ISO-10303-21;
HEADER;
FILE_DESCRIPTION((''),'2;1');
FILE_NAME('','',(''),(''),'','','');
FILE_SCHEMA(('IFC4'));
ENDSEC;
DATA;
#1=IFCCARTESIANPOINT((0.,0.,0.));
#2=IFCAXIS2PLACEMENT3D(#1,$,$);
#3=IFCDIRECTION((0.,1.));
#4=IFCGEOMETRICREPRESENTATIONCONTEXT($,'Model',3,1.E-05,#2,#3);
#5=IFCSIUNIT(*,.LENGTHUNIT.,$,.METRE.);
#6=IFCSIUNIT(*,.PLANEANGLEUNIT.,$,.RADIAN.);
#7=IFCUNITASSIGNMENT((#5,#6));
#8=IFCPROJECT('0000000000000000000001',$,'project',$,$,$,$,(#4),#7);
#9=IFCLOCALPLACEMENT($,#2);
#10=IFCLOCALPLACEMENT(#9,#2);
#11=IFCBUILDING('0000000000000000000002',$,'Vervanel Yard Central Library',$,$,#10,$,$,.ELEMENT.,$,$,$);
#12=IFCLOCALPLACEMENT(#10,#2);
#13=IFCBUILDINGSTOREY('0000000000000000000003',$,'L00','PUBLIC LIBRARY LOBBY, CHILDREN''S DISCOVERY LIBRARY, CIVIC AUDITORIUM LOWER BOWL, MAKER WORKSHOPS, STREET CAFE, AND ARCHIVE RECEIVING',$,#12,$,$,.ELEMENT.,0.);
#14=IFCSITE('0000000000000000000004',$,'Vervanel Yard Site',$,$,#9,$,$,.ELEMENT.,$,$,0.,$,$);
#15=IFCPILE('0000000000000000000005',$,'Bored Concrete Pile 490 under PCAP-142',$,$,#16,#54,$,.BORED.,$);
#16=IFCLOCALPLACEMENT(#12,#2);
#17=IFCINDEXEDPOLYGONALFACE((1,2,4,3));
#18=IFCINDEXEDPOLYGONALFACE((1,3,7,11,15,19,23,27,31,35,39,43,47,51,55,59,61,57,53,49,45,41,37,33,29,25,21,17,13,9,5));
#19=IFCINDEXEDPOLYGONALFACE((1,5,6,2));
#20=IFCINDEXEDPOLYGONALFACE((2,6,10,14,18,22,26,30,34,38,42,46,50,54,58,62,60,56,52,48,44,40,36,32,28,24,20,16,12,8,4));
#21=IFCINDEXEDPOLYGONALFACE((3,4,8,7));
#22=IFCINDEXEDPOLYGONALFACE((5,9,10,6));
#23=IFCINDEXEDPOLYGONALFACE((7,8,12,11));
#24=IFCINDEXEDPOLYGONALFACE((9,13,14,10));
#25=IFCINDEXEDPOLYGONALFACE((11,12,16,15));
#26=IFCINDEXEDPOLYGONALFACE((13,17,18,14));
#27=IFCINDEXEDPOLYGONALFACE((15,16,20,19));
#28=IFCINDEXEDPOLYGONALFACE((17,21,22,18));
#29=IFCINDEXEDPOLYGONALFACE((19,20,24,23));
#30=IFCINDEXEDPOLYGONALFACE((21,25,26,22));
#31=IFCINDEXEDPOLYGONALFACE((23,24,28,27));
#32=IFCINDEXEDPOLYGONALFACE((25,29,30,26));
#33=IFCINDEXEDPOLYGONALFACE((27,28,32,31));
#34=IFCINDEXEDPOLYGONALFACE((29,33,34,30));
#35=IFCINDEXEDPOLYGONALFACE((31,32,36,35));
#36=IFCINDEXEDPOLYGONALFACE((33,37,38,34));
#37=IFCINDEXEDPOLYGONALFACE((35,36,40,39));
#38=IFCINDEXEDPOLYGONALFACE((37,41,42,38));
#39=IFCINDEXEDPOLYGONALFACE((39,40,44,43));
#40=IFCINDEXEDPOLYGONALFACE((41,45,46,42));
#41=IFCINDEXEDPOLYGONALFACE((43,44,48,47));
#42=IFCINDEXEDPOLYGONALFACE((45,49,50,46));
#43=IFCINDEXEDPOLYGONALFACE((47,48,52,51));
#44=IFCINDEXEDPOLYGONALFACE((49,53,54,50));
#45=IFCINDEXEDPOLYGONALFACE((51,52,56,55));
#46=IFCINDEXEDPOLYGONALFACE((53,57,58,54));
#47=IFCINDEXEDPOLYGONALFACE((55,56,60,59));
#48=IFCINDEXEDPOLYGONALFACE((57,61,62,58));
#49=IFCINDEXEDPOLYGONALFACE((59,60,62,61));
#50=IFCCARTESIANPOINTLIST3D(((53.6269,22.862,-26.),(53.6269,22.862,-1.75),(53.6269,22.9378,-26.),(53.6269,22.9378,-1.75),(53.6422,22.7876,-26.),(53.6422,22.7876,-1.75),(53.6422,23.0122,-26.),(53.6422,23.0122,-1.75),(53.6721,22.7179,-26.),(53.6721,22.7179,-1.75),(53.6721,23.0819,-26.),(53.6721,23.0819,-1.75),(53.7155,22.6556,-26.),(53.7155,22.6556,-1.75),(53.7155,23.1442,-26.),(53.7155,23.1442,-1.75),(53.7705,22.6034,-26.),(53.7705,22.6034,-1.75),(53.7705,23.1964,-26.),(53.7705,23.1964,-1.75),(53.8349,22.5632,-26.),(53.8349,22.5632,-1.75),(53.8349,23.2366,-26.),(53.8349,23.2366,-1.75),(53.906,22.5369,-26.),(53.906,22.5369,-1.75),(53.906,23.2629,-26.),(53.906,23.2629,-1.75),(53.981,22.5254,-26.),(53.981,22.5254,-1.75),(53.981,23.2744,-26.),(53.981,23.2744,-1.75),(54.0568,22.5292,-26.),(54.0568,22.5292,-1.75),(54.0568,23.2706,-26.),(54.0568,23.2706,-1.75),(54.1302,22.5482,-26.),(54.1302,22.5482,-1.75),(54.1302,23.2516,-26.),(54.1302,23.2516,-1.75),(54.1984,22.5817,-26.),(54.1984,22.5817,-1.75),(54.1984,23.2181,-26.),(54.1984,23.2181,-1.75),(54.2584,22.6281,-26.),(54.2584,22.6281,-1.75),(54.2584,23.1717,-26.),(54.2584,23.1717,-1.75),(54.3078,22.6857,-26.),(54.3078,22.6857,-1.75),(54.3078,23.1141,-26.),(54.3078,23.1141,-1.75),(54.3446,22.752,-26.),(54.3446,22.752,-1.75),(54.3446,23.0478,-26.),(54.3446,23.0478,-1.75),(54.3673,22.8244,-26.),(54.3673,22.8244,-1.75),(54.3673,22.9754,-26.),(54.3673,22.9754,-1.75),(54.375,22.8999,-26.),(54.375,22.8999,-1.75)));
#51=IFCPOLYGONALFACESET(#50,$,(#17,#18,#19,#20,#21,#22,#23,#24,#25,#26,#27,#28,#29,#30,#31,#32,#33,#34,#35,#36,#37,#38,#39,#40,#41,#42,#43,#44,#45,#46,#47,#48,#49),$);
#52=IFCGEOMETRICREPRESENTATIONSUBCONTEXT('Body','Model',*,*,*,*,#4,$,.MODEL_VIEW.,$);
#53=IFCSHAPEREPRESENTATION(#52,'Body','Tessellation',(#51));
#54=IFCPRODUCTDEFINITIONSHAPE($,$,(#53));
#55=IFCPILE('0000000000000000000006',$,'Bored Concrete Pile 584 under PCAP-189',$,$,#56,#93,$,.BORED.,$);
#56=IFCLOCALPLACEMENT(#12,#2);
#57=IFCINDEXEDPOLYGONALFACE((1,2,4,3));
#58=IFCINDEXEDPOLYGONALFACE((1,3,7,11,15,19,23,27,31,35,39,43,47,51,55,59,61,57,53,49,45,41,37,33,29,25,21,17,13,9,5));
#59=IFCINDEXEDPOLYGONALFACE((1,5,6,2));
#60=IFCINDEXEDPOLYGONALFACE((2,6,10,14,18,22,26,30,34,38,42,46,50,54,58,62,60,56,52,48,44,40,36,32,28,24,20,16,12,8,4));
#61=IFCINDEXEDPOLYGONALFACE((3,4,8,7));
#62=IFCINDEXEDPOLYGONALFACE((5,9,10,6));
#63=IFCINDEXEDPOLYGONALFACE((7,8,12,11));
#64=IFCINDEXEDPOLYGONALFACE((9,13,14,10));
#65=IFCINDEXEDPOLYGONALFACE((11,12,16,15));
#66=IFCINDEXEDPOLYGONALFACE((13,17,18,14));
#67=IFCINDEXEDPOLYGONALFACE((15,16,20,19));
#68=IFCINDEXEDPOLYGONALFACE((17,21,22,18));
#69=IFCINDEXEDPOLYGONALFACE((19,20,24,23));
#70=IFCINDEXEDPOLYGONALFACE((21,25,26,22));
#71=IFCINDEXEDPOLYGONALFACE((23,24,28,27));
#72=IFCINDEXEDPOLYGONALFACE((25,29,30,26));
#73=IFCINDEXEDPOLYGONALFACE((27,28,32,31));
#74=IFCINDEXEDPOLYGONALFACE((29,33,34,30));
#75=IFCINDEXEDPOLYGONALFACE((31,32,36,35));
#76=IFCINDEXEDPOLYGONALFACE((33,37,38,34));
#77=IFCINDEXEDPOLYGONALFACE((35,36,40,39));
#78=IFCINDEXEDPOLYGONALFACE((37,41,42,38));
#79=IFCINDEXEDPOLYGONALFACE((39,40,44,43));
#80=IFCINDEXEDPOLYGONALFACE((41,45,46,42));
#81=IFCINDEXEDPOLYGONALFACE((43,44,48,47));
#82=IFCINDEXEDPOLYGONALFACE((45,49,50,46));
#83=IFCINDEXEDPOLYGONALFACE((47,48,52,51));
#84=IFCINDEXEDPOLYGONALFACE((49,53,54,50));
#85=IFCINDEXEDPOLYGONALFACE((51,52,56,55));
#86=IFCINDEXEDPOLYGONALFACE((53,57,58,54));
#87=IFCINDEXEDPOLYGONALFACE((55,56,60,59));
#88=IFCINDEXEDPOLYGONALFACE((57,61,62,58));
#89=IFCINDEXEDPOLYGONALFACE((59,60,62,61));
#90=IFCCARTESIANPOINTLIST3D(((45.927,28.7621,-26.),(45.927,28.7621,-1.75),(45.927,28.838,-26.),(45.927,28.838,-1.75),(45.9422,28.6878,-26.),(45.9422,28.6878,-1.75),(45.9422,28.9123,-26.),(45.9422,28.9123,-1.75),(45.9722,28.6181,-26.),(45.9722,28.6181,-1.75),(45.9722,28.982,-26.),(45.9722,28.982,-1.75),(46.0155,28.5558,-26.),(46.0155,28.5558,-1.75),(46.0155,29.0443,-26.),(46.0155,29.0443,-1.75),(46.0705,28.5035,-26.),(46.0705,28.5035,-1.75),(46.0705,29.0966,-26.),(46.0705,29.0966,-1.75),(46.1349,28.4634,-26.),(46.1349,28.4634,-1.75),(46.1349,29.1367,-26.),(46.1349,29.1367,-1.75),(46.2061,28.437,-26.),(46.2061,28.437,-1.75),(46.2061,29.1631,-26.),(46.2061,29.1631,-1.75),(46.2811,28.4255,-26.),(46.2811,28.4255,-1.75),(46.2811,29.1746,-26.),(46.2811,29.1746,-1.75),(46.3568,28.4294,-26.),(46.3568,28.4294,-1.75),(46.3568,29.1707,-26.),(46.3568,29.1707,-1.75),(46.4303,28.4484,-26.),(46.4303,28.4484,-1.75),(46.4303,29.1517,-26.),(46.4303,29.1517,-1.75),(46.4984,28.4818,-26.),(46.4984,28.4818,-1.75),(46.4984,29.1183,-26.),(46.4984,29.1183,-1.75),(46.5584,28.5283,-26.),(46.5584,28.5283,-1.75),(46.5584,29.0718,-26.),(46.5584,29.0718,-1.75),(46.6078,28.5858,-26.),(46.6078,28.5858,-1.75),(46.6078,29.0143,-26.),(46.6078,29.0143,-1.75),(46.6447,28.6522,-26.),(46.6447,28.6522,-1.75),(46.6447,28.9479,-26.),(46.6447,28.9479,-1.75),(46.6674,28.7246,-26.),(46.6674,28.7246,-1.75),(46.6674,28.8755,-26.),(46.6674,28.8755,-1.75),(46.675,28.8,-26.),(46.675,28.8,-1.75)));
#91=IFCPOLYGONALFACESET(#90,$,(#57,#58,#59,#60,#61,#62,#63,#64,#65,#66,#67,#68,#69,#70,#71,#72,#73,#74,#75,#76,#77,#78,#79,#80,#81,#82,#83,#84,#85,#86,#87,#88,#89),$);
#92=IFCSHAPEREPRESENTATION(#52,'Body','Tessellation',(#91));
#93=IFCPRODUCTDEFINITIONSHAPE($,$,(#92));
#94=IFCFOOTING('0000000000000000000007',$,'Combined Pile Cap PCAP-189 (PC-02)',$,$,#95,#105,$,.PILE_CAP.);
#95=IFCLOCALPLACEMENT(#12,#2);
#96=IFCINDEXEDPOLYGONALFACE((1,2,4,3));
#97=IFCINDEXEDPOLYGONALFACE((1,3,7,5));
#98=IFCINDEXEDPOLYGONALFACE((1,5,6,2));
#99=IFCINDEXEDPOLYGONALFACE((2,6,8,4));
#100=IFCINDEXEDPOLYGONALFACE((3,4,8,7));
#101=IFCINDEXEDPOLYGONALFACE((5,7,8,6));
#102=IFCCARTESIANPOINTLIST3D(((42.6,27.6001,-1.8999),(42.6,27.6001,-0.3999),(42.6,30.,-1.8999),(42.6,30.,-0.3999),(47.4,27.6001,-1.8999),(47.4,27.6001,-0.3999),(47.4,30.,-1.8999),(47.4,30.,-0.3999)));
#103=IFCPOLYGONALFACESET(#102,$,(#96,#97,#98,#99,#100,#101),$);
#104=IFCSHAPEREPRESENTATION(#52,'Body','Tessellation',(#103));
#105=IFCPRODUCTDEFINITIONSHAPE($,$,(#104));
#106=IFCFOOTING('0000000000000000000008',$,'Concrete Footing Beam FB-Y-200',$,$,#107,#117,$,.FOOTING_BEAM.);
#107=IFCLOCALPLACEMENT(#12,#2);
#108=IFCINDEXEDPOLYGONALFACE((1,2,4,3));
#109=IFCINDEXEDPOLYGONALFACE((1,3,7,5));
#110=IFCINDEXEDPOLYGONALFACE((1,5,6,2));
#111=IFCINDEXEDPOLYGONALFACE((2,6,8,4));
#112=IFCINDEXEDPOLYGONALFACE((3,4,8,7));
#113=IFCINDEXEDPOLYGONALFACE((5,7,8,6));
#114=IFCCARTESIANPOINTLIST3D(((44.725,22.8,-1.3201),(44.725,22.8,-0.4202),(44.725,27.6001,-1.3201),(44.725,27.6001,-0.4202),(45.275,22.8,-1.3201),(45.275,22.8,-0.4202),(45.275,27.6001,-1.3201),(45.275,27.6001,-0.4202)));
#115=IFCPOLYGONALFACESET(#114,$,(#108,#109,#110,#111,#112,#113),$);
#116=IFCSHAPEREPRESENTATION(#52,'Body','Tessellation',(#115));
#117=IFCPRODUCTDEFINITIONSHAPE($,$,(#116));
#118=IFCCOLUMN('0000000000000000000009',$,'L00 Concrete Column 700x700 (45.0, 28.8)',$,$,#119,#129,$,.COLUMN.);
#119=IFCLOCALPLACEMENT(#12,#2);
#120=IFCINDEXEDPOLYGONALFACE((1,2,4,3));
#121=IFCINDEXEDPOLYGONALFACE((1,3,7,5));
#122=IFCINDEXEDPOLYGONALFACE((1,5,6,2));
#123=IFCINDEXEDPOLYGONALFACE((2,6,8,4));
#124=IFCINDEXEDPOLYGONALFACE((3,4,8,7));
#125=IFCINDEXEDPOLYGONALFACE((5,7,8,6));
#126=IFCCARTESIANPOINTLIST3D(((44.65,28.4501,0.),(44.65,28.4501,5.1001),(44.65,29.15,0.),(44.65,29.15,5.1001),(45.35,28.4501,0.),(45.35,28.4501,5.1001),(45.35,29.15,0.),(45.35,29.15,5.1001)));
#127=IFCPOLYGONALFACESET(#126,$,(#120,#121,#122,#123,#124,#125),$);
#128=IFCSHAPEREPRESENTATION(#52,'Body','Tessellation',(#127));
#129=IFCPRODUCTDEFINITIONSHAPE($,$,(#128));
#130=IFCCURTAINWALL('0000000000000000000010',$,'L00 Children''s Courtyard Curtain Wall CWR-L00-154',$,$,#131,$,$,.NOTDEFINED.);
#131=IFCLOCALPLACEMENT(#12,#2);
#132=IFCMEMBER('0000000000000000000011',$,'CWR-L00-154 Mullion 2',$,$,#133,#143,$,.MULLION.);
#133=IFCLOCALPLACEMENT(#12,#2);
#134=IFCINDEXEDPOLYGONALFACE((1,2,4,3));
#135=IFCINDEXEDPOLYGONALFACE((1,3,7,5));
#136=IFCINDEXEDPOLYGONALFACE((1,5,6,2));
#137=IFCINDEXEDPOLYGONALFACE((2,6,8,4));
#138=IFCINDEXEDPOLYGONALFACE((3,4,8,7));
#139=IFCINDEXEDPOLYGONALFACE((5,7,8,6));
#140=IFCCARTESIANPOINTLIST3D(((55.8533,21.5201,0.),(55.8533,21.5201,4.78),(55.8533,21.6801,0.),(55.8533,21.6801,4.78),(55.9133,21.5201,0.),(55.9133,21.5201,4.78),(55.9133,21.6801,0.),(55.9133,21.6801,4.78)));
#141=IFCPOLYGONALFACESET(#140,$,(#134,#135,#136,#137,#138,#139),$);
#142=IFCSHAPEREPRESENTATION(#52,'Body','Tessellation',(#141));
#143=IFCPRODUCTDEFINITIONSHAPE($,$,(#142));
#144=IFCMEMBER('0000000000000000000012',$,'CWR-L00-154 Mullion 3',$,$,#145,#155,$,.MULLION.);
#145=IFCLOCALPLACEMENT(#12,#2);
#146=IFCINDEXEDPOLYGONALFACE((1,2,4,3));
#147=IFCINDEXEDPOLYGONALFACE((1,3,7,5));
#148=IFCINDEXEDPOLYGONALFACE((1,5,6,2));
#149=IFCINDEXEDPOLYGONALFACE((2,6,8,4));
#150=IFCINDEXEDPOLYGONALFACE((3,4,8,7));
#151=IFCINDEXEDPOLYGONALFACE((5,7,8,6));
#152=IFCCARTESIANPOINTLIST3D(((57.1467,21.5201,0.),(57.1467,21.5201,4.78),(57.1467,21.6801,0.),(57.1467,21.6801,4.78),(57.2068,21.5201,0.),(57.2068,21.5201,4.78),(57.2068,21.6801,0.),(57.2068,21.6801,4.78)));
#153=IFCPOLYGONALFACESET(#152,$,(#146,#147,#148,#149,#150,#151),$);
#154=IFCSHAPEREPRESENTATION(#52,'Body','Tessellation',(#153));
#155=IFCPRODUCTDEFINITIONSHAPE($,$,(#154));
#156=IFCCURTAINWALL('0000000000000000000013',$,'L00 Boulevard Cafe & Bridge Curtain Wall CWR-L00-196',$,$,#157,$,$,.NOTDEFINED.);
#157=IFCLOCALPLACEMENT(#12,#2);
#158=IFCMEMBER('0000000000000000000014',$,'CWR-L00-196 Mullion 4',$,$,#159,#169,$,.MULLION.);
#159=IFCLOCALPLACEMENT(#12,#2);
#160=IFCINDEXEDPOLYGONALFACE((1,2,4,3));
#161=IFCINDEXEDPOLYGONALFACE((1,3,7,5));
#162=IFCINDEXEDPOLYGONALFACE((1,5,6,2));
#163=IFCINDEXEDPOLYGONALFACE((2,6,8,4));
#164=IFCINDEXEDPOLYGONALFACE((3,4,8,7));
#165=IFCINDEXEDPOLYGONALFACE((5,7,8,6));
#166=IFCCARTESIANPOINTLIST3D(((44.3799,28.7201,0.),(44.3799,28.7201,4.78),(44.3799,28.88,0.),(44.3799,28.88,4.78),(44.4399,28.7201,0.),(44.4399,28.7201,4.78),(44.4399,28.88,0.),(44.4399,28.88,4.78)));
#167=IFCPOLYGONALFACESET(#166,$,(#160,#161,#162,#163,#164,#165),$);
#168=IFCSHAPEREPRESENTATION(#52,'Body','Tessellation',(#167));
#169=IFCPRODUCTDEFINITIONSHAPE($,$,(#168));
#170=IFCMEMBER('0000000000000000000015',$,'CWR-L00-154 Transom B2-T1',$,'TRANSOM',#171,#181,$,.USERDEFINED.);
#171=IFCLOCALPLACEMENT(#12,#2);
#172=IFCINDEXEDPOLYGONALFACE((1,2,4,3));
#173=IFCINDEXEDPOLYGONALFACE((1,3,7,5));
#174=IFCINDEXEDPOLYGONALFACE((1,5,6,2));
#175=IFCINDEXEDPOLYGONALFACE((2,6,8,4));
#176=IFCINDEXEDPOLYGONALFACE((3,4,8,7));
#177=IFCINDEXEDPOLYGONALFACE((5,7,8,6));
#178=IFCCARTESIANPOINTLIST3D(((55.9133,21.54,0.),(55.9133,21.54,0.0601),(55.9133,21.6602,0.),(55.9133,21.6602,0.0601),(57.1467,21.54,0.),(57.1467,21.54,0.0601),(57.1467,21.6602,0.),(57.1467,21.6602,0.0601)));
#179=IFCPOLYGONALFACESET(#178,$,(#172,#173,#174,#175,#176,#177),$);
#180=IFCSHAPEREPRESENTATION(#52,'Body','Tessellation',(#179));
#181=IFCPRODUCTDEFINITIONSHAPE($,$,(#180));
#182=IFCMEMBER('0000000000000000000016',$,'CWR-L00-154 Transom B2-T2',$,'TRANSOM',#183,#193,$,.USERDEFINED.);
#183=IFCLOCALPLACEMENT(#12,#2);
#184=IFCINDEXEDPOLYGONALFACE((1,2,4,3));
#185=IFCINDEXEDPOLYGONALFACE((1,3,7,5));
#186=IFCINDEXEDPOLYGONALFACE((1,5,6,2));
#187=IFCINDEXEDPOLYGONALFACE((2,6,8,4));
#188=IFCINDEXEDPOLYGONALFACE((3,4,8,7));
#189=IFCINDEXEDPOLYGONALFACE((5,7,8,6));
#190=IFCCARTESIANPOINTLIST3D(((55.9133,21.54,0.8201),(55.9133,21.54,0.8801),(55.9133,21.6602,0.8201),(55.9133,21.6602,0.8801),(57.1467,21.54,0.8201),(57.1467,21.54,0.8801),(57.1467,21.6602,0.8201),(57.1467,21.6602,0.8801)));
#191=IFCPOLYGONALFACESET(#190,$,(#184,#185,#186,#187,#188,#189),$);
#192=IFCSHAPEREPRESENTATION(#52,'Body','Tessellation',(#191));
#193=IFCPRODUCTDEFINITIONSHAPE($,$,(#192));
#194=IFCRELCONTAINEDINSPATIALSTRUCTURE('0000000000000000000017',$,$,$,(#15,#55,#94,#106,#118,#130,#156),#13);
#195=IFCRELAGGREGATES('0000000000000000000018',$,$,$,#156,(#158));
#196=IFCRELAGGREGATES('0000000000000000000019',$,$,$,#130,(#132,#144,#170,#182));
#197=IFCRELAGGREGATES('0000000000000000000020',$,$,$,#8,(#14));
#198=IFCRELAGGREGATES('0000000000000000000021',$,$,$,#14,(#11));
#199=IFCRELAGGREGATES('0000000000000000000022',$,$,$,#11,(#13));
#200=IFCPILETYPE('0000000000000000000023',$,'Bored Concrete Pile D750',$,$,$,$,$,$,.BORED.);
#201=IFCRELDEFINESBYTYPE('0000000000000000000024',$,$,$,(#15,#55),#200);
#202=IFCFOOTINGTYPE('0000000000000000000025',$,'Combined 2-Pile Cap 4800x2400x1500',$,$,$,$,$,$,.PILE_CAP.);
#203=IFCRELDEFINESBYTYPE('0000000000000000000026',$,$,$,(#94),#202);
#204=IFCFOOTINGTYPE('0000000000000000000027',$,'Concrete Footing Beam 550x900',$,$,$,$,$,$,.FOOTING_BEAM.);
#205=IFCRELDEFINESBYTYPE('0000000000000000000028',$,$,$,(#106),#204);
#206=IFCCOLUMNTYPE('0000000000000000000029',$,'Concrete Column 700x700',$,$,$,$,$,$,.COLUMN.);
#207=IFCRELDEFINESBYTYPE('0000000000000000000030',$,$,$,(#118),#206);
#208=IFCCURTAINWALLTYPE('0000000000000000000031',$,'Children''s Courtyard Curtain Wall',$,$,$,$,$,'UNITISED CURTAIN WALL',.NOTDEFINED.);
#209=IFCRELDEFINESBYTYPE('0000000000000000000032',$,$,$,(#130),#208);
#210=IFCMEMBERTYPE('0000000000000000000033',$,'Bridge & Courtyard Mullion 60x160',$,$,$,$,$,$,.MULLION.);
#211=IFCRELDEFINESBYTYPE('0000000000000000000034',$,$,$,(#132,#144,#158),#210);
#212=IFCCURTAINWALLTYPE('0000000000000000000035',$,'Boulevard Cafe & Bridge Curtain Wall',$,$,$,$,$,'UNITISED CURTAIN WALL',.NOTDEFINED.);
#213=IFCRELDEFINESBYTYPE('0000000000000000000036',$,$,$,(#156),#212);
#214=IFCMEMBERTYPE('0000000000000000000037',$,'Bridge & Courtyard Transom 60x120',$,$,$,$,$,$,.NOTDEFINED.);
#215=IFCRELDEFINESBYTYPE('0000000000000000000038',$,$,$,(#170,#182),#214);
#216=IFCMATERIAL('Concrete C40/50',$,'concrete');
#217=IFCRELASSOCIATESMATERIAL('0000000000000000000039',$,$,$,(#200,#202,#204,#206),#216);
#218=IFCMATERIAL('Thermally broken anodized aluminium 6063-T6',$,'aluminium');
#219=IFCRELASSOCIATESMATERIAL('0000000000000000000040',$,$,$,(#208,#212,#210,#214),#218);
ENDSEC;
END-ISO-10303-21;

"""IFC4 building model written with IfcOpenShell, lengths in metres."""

from ifc_helpers import new_model, si_unit, direction, frame, origin, origin_2d, place, context, subcontext, project, spatial, rectangle, circle, extrude, material, material_profile, profile_set, type_object, element, aggregate, save


model = new_model("IFC4")

# Units and contexts
model_context = context("Model", 3, precision=1e-05, world=origin(), true_north=direction((0.0, 1.0)))
body_context = subcontext(model_context, "Body", "Model", "MODEL_VIEW")
ifc_project = project(units=[si_unit("LENGTHUNIT", "METRE"), si_unit("PLANEANGLEUNIT", "RADIAN")], contexts=[model_context])

# Site, building, storey
site_placement = place(None, origin())
site = spatial("IfcSite", under=ifc_project, at=site_placement, Name="Vervanel Yard Site", CompositionType="ELEMENT", RefElevation=0.0)
building_placement = place(site_placement, origin())
building = spatial("IfcBuilding", under=site, at=building_placement, Name="Vervanel Yard Central Library", CompositionType="ELEMENT")
storey_placement = place(building_placement, origin())
storey = spatial("IfcBuildingStorey", under=building, at=storey_placement, Name="L00", Description="PUBLIC LIBRARY LOBBY, CHILDREN'S DISCOVERY LIBRARY, CIVIC AUDITORIUM LOWER BOWL, MAKER WORKSHOPS, STREET CAFE, AND ARCHIVE RECEIVING", CompositionType="ELEMENT", Elevation=0.0)

# Piles
ifc_material_1 = material(Name="Concrete C40/50", Category="concrete")
ifc_material_profile_1 = material_profile(ifc_material_1, circle(Radius=0.375, at=origin_2d()), Name="BP D750", Category="concrete")
ifc_profile_set_1 = profile_set([ifc_material_profile_1], Name="Concrete C40/50")
pile_type = type_object("IfcPileType", Name="Bored Concrete Pile D750", PredefinedType="BORED", material=ifc_profile_set_1)
for number, where, z_axis, x_axis, name in (
    (1, (54.0, 22.8999, -1.75), (0.0, 0.0, -1.0), (1.0, 0.0, 0.0), "Bored Concrete Pile 490 under PCAP-142"),
    (2, (46.3, 28.8, -1.75), (0.0, 0.0, -1.0), (1.0, 0.0, 0.0), "Bored Concrete Pile 584 under PCAP-189"),
):
    element("IfcPile", number, at=place(storey_placement, frame(where, z_axis=z_axis, x_axis=x_axis)), inside=storey, type_object=pile_type, Name=name, PredefinedType="BORED", context=body_context, shape_type="SweptSolid", body=[
        extrude(circle(Radius=0.375, at=origin_2d()), origin(), (0.0, 0.0, 1.0), 24.25),
    ])

# Footings
footing_type_1 = type_object("IfcFootingType", Name="Combined 2-Pile Cap 4800x2400x1500", PredefinedType="PILE_CAP", material=ifc_material_1)
footing_1_placement = place(storey_placement, frame((45.0, 28.8, -1.8999), z_axis=(0.0, 0.0, 1.0), x_axis=(1.0, 0.0, 0.0)))
element("IfcFooting", 3, at=footing_1_placement, inside=storey, type_object=footing_type_1, Name="Combined Pile Cap PCAP-189 (PC-02)", PredefinedType="PILE_CAP", context=body_context, shape_type="SweptSolid", body=[
    extrude(rectangle(XDim=4.8, YDim=2.3999, at=origin_2d()), origin(), (0.0, 0.0, 1.0), 1.5),
])
ifc_material_profile_2 = material_profile(ifc_material_1, rectangle(XDim=0.55, YDim=0.8999, at=origin_2d()), Name="RC 550x900", Category="concrete")
ifc_profile_set_2 = profile_set([ifc_material_profile_2], Name="Concrete C40/50")
footing_type_2 = type_object("IfcFootingType", Name="Concrete Footing Beam 550x900", PredefinedType="FOOTING_BEAM", material=ifc_profile_set_2)
footing_2_placement = place(storey_placement, frame((45.0, 22.8, -0.8701), z_axis=(0.0, 1.0, 0.0), x_axis=(-1.0, 0.0, 0.0)))
element("IfcFooting", 4, at=footing_2_placement, inside=storey, type_object=footing_type_2, Name="Concrete Footing Beam FB-Y-200", PredefinedType="FOOTING_BEAM", context=body_context, shape_type="SweptSolid", body=[
    extrude(rectangle(XDim=0.55, YDim=0.8999, at=origin_2d()), origin(), (0.0, 0.0, 1.0), 4.8),
])

# Column
ifc_material_profile_3 = material_profile(ifc_material_1, rectangle(XDim=0.7, YDim=0.7, at=origin_2d()), Name="RC 700x700", Category="concrete")
ifc_profile_set_3 = profile_set([ifc_material_profile_3], Name="Concrete C40/50")
column_type = type_object("IfcColumnType", Name="Concrete Column 700x700", PredefinedType="COLUMN", material=ifc_profile_set_3)
column_placement = place(storey_placement, frame((45.0, 28.8, 0.0), z_axis=(0.0, 0.0, 1.0), x_axis=(1.0, 0.0, 0.0)))
element("IfcColumn", 5, at=column_placement, inside=storey, type_object=column_type, Name="L00 Concrete Column 700x700 (45.0, 28.8)", PredefinedType="COLUMN", context=body_context, shape_type="SweptSolid", body=[
    extrude(rectangle(XDim=0.7, YDim=0.7, at=origin_2d()), origin(), (0.0, 0.0, 1.0), 5.1001),
])

# Curtain wall, members
ifc_material_2 = material(Name="Thermally broken anodized aluminium 6063-T6", Category="aluminium")
curtain_wall_type_1 = type_object("IfcCurtainWallType", Name="Children's Courtyard Curtain Wall", ElementType="UNITISED CURTAIN WALL", PredefinedType="NOTDEFINED", material=ifc_material_2)
curtain_wall_1_placement = place(storey_placement, origin())
curtain_wall_1 = element("IfcCurtainWall", 6, at=curtain_wall_1_placement, inside=storey, type_object=curtain_wall_type_1, Name="L00 Children's Courtyard Curtain Wall CWR-L00-154", PredefinedType="NOTDEFINED")
ifc_material_profile_4 = material_profile(ifc_material_2, rectangle(XDim=0.0601, YDim=0.1599, at=origin_2d()), Name="ALU 60x160", Category="aluminium")
ifc_profile_set_4 = profile_set([ifc_material_profile_4], Name="Thermally broken anodized aluminium 6063-T6")
member_type_1 = type_object("IfcMemberType", Name="Bridge & Courtyard Mullion 60x160", PredefinedType="MULLION", material=ifc_profile_set_4)
member_1_placement = place(storey_placement, frame((55.8833, 21.6001, 0.0), z_axis=(0.0, 0.0, 1.0), x_axis=(1.0, 0.0, 0.0)))
member_1 = element("IfcMember", 7, at=member_1_placement, type_object=member_type_1, Name="CWR-L00-154 Mullion 2", PredefinedType="MULLION", context=body_context, shape_type="SweptSolid", body=[
    extrude(rectangle(XDim=0.0601, YDim=0.1599, at=origin_2d()), origin(), (0.0, 0.0, 1.0), 4.78),
])
member_2_placement = place(storey_placement, frame((57.1768, 21.6001, 0.0), z_axis=(0.0, 0.0, 1.0), x_axis=(1.0, 0.0, 0.0)))
member_2 = element("IfcMember", 8, at=member_2_placement, type_object=member_type_1, Name="CWR-L00-154 Mullion 3", PredefinedType="MULLION", context=body_context, shape_type="SweptSolid", body=[
    extrude(rectangle(XDim=0.0601, YDim=0.1599, at=origin_2d()), origin(), (0.0, 0.0, 1.0), 4.78),
])

# Curtain wall, member
curtain_wall_type_2 = type_object("IfcCurtainWallType", Name="Boulevard Cafe & Bridge Curtain Wall", ElementType="UNITISED CURTAIN WALL", PredefinedType="NOTDEFINED", material=ifc_material_2)
curtain_wall_2_placement = place(storey_placement, origin())
curtain_wall_2 = element("IfcCurtainWall", 9, at=curtain_wall_2_placement, inside=storey, type_object=curtain_wall_type_2, Name="L00 Boulevard Cafe & Bridge Curtain Wall CWR-L00-196", PredefinedType="NOTDEFINED")
member_3_placement = place(storey_placement, frame((44.4099, 28.8, 0.0), z_axis=(0.0, 0.0, 1.0), x_axis=(1.0, 0.0, 0.0)))
member_3 = element("IfcMember", 10, at=member_3_placement, type_object=member_type_1, Name="CWR-L00-196 Mullion 4", PredefinedType="MULLION", context=body_context, shape_type="SweptSolid", body=[
    extrude(rectangle(XDim=0.0601, YDim=0.1599, at=origin_2d()), origin(), (0.0, 0.0, 1.0), 4.78),
])

# Members
ifc_material_profile_5 = material_profile(ifc_material_2, rectangle(XDim=0.0601, YDim=0.1201, at=origin_2d()), Name="ALU 60x120", Category="aluminium")
ifc_profile_set_5 = profile_set([ifc_material_profile_5], Name="Thermally broken anodized aluminium 6063-T6")
member_type_2 = type_object("IfcMemberType", Name="Bridge & Courtyard Transom 60x120", PredefinedType="NOTDEFINED", material=ifc_profile_set_5)
member_4_placement = place(storey_placement, frame((55.9133, 21.6001, 0.03), z_axis=(1.0, 0.0, 0.0), x_axis=(0.0, 0.0, 1.0)))
member_4 = element("IfcMember", 11, at=member_4_placement, type_object=member_type_2, Name="CWR-L00-154 Transom B2-T1", ObjectType="TRANSOM", PredefinedType="USERDEFINED", context=body_context, shape_type="SweptSolid", body=[
    extrude(rectangle(XDim=0.0601, YDim=0.1201, at=origin_2d()), origin(), (0.0, 0.0, 1.0), 1.2334),
])
member_5_placement = place(storey_placement, frame((55.9133, 21.6001, 0.8501), z_axis=(1.0, 0.0, 0.0), x_axis=(0.0, 0.0, 1.0)))
member_5 = element("IfcMember", 12, at=member_5_placement, type_object=member_type_2, Name="CWR-L00-154 Transom B2-T2", ObjectType="TRANSOM", PredefinedType="USERDEFINED", context=body_context, shape_type="SweptSolid", body=[
    extrude(rectangle(XDim=0.0601, YDim=0.1201, at=origin_2d()), origin(), (0.0, 0.0, 1.0), 1.2334),
])

aggregate(curtain_wall_2, [member_3])
aggregate(curtain_wall_1, [member_1, member_2, member_4, member_5])

save(model, "model.ifc")
